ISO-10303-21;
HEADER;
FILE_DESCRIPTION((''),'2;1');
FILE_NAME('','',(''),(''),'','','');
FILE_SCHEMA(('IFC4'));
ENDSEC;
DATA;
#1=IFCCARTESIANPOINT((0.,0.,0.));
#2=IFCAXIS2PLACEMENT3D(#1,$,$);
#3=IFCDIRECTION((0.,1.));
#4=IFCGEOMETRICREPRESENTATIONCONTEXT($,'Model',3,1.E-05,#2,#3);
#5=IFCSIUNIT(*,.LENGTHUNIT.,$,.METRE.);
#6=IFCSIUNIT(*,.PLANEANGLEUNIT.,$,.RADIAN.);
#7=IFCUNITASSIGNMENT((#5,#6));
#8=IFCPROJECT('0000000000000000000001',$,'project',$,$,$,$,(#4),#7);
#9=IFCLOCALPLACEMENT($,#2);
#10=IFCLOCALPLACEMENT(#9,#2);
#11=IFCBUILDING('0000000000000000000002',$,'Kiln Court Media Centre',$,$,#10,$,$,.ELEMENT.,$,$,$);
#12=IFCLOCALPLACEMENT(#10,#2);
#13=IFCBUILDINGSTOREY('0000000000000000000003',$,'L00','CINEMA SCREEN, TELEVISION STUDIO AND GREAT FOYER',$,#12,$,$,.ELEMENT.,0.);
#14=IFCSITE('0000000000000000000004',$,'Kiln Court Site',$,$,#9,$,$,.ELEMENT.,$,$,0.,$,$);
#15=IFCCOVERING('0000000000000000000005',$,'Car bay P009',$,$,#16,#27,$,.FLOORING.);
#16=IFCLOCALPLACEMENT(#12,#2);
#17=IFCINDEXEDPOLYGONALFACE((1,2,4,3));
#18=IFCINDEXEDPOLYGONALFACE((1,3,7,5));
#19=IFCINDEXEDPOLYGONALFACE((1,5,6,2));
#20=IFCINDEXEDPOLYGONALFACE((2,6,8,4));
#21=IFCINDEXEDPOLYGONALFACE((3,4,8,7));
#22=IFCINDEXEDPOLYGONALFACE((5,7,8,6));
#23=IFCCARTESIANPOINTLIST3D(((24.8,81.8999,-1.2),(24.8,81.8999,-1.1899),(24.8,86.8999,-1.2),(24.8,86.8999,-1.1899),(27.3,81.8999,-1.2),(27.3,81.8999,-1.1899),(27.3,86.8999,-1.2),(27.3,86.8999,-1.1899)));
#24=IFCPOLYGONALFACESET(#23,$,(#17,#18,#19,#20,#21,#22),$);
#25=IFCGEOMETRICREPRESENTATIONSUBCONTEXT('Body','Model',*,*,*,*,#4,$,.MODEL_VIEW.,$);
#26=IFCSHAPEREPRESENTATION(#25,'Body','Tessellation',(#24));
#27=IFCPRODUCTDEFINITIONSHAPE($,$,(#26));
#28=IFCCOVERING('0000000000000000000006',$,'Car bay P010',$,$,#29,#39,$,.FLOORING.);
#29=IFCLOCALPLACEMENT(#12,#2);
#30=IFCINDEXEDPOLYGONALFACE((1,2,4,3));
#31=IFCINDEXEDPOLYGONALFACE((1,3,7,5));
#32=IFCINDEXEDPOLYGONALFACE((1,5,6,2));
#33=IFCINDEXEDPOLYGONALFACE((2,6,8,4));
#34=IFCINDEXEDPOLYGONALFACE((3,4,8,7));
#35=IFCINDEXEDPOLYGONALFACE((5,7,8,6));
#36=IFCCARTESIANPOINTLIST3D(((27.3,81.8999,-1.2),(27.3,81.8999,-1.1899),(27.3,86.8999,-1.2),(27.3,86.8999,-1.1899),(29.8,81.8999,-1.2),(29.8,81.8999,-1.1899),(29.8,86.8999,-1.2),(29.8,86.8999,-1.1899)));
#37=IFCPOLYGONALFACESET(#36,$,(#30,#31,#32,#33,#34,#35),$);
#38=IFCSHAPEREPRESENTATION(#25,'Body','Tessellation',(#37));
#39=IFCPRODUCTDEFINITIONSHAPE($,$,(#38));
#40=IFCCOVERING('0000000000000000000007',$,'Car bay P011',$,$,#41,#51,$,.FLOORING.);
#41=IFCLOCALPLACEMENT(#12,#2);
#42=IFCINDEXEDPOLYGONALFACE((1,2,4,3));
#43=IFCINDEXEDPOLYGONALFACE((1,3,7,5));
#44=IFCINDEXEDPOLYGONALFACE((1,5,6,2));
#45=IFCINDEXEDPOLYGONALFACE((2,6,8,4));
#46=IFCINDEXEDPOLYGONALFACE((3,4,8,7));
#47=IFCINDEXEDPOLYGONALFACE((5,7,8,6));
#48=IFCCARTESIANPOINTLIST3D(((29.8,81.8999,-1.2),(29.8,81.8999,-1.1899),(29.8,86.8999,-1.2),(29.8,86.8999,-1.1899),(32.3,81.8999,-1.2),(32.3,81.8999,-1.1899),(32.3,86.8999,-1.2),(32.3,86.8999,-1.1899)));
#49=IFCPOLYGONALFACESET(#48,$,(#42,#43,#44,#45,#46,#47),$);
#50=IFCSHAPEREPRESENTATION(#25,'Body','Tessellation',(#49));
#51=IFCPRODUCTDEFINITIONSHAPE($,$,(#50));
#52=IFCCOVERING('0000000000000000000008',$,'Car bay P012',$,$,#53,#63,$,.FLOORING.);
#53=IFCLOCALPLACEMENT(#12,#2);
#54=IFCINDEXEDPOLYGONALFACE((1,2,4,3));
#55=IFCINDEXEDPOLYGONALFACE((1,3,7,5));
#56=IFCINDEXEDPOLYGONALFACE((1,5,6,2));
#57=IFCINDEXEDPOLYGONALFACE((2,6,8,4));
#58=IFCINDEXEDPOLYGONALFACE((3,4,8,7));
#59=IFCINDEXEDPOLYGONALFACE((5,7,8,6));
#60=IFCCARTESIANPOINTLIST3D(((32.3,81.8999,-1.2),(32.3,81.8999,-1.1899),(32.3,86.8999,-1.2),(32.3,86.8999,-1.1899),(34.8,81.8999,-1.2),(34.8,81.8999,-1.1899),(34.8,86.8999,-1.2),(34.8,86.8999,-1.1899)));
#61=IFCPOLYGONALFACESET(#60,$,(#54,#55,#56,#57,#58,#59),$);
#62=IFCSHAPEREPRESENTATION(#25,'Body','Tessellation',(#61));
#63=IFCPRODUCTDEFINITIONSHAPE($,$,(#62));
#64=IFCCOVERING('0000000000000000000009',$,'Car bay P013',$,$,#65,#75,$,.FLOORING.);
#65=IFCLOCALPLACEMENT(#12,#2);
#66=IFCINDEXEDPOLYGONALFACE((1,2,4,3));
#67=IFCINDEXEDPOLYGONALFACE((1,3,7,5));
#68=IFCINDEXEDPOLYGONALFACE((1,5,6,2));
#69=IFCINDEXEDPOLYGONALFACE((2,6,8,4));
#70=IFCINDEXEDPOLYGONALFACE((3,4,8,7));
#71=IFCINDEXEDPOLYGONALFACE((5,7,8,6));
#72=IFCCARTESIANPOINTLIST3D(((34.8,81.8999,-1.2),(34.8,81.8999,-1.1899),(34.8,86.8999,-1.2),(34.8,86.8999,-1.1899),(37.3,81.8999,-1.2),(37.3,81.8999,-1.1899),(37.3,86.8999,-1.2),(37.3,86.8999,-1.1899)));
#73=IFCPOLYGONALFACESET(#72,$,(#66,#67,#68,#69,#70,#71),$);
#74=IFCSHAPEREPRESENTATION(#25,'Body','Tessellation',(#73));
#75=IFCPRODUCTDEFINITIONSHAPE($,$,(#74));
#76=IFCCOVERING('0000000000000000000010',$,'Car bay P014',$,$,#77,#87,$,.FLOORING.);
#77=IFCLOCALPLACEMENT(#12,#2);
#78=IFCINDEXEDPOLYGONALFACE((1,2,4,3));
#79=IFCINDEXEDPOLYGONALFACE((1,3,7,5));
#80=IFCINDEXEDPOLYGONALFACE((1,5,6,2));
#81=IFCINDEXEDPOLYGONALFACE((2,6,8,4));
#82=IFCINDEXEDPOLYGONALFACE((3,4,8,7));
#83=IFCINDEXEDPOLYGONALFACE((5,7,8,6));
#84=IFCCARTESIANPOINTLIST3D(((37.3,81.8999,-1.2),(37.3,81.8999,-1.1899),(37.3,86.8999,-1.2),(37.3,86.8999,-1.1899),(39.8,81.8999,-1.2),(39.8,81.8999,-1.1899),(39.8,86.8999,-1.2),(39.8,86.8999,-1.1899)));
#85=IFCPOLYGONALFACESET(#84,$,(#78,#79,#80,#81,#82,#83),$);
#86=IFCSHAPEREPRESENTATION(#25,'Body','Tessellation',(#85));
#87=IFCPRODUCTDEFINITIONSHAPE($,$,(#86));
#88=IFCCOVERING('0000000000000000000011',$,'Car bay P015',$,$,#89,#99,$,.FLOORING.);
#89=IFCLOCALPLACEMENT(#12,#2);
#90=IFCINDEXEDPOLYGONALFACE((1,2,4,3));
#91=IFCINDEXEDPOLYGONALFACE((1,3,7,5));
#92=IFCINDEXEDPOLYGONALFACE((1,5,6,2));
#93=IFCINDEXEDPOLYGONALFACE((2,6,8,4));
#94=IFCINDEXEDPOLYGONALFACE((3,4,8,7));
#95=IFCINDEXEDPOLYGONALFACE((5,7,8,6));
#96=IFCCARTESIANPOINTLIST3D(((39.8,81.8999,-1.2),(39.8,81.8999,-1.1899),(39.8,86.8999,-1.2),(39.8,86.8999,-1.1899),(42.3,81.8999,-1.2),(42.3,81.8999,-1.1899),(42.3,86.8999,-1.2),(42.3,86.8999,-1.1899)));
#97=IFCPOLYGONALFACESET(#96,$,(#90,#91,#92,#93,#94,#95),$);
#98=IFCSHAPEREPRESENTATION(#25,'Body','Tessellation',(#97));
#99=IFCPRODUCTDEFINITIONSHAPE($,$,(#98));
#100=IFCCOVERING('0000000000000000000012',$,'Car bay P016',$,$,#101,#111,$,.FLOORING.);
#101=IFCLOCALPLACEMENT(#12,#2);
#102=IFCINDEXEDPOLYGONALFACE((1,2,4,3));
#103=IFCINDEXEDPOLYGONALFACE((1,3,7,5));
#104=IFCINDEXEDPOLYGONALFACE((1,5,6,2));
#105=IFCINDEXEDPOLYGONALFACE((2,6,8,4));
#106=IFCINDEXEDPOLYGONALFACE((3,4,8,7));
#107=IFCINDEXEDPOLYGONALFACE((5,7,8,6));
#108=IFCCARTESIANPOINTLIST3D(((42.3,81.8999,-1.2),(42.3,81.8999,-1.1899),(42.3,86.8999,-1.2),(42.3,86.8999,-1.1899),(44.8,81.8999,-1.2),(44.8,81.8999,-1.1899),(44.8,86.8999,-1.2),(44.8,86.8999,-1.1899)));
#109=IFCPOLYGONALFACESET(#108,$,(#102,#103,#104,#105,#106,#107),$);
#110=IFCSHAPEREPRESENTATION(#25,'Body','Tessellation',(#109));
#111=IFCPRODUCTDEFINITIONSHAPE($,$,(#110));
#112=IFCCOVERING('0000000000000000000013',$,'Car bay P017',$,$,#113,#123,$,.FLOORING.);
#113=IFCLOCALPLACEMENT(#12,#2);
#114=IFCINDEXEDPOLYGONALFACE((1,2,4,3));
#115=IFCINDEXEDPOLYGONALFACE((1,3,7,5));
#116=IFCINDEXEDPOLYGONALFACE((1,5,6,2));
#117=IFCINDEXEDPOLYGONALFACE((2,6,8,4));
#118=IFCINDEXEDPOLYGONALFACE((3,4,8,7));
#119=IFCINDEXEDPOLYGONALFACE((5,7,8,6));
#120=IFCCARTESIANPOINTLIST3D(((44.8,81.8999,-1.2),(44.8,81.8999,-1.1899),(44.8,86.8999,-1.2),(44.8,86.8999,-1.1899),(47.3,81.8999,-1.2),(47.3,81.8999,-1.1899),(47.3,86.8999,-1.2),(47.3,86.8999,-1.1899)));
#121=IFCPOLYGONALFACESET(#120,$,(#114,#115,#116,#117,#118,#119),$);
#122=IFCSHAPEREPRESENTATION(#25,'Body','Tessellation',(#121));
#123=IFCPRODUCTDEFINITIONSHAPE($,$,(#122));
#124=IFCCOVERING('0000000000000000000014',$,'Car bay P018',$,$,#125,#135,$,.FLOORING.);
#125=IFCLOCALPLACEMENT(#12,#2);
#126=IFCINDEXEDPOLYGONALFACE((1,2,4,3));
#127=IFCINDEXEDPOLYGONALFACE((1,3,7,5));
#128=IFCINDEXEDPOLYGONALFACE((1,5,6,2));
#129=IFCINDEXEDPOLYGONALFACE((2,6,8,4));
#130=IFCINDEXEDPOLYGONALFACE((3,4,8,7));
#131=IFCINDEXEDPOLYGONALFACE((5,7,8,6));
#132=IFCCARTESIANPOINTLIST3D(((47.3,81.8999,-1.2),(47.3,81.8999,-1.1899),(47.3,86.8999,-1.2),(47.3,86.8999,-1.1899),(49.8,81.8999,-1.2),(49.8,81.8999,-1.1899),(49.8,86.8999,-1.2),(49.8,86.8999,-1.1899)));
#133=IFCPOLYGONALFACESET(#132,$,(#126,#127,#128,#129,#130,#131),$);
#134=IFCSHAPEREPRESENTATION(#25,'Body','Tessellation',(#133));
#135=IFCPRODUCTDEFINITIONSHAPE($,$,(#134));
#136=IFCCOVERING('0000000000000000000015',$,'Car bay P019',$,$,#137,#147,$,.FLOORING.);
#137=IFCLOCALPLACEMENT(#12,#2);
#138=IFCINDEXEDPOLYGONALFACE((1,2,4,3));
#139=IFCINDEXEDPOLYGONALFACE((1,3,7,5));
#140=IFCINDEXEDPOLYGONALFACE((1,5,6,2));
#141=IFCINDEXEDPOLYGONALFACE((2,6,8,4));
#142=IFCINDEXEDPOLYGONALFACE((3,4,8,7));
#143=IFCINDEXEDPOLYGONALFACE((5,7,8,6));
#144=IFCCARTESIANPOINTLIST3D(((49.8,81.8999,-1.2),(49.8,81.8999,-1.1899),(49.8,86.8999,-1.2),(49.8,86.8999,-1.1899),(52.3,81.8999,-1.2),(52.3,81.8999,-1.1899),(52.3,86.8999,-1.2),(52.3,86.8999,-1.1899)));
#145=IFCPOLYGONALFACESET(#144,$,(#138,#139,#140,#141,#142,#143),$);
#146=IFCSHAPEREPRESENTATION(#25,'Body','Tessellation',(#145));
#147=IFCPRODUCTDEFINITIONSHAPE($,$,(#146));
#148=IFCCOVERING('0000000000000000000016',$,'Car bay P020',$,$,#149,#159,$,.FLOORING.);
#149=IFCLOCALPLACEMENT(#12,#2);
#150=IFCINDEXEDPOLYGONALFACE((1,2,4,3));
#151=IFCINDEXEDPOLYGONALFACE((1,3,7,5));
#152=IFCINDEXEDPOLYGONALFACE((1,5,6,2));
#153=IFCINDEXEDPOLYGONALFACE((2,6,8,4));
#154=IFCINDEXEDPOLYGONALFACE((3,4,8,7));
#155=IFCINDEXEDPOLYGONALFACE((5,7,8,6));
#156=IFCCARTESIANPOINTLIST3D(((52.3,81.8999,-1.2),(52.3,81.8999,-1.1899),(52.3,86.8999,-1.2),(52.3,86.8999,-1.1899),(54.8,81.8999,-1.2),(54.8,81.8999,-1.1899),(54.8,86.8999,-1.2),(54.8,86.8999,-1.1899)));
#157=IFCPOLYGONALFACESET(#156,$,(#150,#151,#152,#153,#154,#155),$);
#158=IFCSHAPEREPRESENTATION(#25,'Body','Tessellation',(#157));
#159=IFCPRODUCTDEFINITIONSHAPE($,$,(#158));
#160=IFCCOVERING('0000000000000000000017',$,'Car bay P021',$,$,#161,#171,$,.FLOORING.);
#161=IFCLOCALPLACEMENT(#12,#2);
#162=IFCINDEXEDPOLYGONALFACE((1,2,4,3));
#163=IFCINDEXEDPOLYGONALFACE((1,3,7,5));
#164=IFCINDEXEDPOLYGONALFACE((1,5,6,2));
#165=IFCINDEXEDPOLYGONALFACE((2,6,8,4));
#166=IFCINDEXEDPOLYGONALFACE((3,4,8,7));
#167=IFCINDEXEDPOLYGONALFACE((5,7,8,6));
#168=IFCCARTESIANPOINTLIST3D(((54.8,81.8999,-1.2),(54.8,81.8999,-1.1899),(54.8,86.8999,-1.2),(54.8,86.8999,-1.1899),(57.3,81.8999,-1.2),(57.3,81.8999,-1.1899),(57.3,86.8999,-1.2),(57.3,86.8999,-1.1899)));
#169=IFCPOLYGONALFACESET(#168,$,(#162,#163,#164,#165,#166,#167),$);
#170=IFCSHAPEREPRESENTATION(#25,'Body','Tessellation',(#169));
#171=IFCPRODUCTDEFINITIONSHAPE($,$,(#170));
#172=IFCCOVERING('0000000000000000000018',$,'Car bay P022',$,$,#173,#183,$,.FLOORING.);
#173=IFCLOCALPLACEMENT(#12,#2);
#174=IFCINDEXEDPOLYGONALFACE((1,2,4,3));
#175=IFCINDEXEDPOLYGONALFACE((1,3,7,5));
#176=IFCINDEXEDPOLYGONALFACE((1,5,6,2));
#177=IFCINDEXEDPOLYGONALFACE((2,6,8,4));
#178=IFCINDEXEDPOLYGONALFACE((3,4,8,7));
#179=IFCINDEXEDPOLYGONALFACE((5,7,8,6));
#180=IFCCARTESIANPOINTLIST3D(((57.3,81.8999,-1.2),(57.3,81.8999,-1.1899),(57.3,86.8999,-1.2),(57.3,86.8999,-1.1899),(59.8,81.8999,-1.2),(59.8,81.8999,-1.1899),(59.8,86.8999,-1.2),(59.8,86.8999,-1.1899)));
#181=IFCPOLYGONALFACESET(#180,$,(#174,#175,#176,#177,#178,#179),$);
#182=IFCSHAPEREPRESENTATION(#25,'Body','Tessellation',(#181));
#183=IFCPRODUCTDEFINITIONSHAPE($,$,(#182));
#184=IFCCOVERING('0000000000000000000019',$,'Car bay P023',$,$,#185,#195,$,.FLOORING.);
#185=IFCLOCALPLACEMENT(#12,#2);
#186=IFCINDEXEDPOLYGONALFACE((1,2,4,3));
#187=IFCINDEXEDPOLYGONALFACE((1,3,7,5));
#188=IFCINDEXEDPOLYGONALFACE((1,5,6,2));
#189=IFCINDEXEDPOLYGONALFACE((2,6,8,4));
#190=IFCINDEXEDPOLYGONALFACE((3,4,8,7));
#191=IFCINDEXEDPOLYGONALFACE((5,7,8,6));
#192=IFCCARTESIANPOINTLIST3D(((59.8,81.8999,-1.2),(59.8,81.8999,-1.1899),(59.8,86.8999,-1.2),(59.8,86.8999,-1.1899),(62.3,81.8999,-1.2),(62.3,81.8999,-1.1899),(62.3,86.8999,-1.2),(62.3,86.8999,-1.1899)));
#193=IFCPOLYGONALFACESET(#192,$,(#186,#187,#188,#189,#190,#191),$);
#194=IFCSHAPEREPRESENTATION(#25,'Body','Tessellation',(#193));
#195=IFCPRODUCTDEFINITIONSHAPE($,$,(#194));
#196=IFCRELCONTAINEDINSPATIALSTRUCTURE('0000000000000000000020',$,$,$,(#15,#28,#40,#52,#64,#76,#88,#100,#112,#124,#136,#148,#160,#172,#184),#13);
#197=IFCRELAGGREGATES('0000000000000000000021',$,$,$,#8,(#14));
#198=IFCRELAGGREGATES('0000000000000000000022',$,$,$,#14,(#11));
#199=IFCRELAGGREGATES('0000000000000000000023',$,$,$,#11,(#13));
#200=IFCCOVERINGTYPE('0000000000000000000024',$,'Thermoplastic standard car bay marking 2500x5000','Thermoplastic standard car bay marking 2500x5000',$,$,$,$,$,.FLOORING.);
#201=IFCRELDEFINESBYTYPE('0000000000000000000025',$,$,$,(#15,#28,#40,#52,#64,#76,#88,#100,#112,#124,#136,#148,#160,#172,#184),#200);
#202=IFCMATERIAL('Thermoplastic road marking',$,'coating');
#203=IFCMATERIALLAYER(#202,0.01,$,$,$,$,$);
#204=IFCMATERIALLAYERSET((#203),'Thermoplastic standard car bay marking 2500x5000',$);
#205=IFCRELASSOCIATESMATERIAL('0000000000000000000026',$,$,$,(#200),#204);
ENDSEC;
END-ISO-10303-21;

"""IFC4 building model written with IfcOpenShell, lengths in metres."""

from ifc_helpers import new_model, si_unit, direction, frame, origin, place, context, subcontext, project, spatial, polyline, outline, extrude, material, layer, layer_set, type_object, element, save


model = new_model("IFC4")

# Units and contexts
model_context = context("Model", 3, precision=1e-05, world=origin(), true_north=direction((0.0, 1.0)))
body_context = subcontext(model_context, "Body", "Model", "MODEL_VIEW")
ifc_project = project(units=[si_unit("LENGTHUNIT", "METRE"), si_unit("PLANEANGLEUNIT", "RADIAN")], contexts=[model_context])

# Site, building, storey
site_placement = place(None, origin())
site = spatial("IfcSite", under=ifc_project, at=site_placement, Name="Kiln Court Site", CompositionType="ELEMENT", RefElevation=0.0)
building_placement = place(site_placement, origin())
building = spatial("IfcBuilding", under=site, at=building_placement, Name="Kiln Court Media Centre", CompositionType="ELEMENT")
storey_placement = place(building_placement, origin())
storey = spatial("IfcBuildingStorey", under=building, at=storey_placement, Name="L00", Description="CINEMA SCREEN, TELEVISION STUDIO AND GREAT FOYER", CompositionType="ELEMENT", Elevation=0.0)

# Coverings
ifc_material = material(Name="Thermoplastic road marking", Category="coating")
ifc_layer = layer(ifc_material, 0.01)
ifc_layer_set = layer_set([ifc_layer], Name="Thermoplastic standard car bay marking 2500x5000")
covering_type = type_object("IfcCoveringType", Name="Thermoplastic standard car bay marking 2500x5000", Description="Thermoplastic standard car bay marking 2500x5000", PredefinedType="FLOORING", material=ifc_layer_set)
covering_1_placement = place(storey_placement, frame((0.0, 0.0, -1.2)))
element("IfcCovering", 1, at=covering_1_placement, inside=storey, type_object=covering_type, Name="Car bay P009", PredefinedType="FLOORING", context=body_context, shape_type="SweptSolid", body=[
    extrude(outline(polyline([(24.8, 81.8999), (27.3, 81.8999), (27.3, 86.8999), (24.8, 86.8999), (24.8, 81.8999)])), origin(), (0.0, 0.0, 1.0), 0.01),
])
covering_2_placement = place(storey_placement, frame((0.0, 0.0, -1.2)))
element("IfcCovering", 2, at=covering_2_placement, inside=storey, type_object=covering_type, Name="Car bay P010", PredefinedType="FLOORING", context=body_context, shape_type="SweptSolid", body=[
    extrude(outline(polyline([(27.3, 81.8999), (29.8, 81.8999), (29.8, 86.8999), (27.3, 86.8999), (27.3, 81.8999)])), origin(), (0.0, 0.0, 1.0), 0.01),
])
covering_3_placement = place(storey_placement, frame((0.0, 0.0, -1.2)))
element("IfcCovering", 3, at=covering_3_placement, inside=storey, type_object=covering_type, Name="Car bay P011", PredefinedType="FLOORING", context=body_context, shape_type="SweptSolid", body=[
    extrude(outline(polyline([(29.8, 81.8999), (32.3, 81.8999), (32.3, 86.8999), (29.8, 86.8999), (29.8, 81.8999)])), origin(), (0.0, 0.0, 1.0), 0.01),
])
covering_4_placement = place(storey_placement, frame((0.0, 0.0, -1.2)))
element("IfcCovering", 4, at=covering_4_placement, inside=storey, type_object=covering_type, Name="Car bay P012", PredefinedType="FLOORING", context=body_context, shape_type="SweptSolid", body=[
    extrude(outline(polyline([(32.3, 81.8999), (34.8, 81.8999), (34.8, 86.8999), (32.3, 86.8999), (32.3, 81.8999)])), origin(), (0.0, 0.0, 1.0), 0.01),
])
covering_5_placement = place(storey_placement, frame((0.0, 0.0, -1.2)))
element("IfcCovering", 5, at=covering_5_placement, inside=storey, type_object=covering_type, Name="Car bay P013", PredefinedType="FLOORING", context=body_context, shape_type="SweptSolid", body=[
    extrude(outline(polyline([(34.8, 81.8999), (37.3, 81.8999), (37.3, 86.8999), (34.8, 86.8999), (34.8, 81.8999)])), origin(), (0.0, 0.0, 1.0), 0.01),
])
covering_6_placement = place(storey_placement, frame((0.0, 0.0, -1.2)))
element("IfcCovering", 6, at=covering_6_placement, inside=storey, type_object=covering_type, Name="Car bay P014", PredefinedType="FLOORING", context=body_context, shape_type="SweptSolid", body=[
    extrude(outline(polyline([(37.3, 81.8999), (39.8, 81.8999), (39.8, 86.8999), (37.3, 86.8999), (37.3, 81.8999)])), origin(), (0.0, 0.0, 1.0), 0.01),
])
covering_7_placement = place(storey_placement, frame((0.0, 0.0, -1.2)))
element("IfcCovering", 7, at=covering_7_placement, inside=storey, type_object=covering_type, Name="Car bay P015", PredefinedType="FLOORING", context=body_context, shape_type="SweptSolid", body=[
    extrude(outline(polyline([(39.8, 81.8999), (42.3, 81.8999), (42.3, 86.8999), (39.8, 86.8999), (39.8, 81.8999)])), origin(), (0.0, 0.0, 1.0), 0.01),
])
covering_8_placement = place(storey_placement, frame((0.0, 0.0, -1.2)))
element("IfcCovering", 8, at=covering_8_placement, inside=storey, type_object=covering_type, Name="Car bay P016", PredefinedType="FLOORING", context=body_context, shape_type="SweptSolid", body=[
    extrude(outline(polyline([(42.3, 81.8999), (44.8, 81.8999), (44.8, 86.8999), (42.3, 86.8999), (42.3, 81.8999)])), origin(), (0.0, 0.0, 1.0), 0.01),
])
covering_9_placement = place(storey_placement, frame((0.0, 0.0, -1.2)))
element("IfcCovering", 9, at=covering_9_placement, inside=storey, type_object=covering_type, Name="Car bay P017", PredefinedType="FLOORING", context=body_context, shape_type="SweptSolid", body=[
    extrude(outline(polyline([(44.8, 81.8999), (47.3, 81.8999), (47.3, 86.8999), (44.8, 86.8999), (44.8, 81.8999)])), origin(), (0.0, 0.0, 1.0), 0.01),
])
covering_10_placement = place(storey_placement, frame((0.0, 0.0, -1.2)))
element("IfcCovering", 10, at=covering_10_placement, inside=storey, type_object=covering_type, Name="Car bay P018", PredefinedType="FLOORING", context=body_context, shape_type="SweptSolid", body=[
    extrude(outline(polyline([(47.3, 81.8999), (49.8, 81.8999), (49.8, 86.8999), (47.3, 86.8999), (47.3, 81.8999)])), origin(), (0.0, 0.0, 1.0), 0.01),
])
covering_11_placement = place(storey_placement, frame((0.0, 0.0, -1.2)))
element("IfcCovering", 11, at=covering_11_placement, inside=storey, type_object=covering_type, Name="Car bay P019", PredefinedType="FLOORING", context=body_context, shape_type="SweptSolid", body=[
    extrude(outline(polyline([(49.8, 81.8999), (52.3, 81.8999), (52.3, 86.8999), (49.8, 86.8999), (49.8, 81.8999)])), origin(), (0.0, 0.0, 1.0), 0.01),
])
covering_12_placement = place(storey_placement, frame((0.0, 0.0, -1.2)))
element("IfcCovering", 12, at=covering_12_placement, inside=storey, type_object=covering_type, Name="Car bay P020", PredefinedType="FLOORING", context=body_context, shape_type="SweptSolid", body=[
    extrude(outline(polyline([(52.3, 81.8999), (54.8, 81.8999), (54.8, 86.8999), (52.3, 86.8999), (52.3, 81.8999)])), origin(), (0.0, 0.0, 1.0), 0.01),
])
covering_13_placement = place(storey_placement, frame((0.0, 0.0, -1.2)))
element("IfcCovering", 13, at=covering_13_placement, inside=storey, type_object=covering_type, Name="Car bay P021", PredefinedType="FLOORING", context=body_context, shape_type="SweptSolid", body=[
    extrude(outline(polyline([(54.8, 81.8999), (57.3, 81.8999), (57.3, 86.8999), (54.8, 86.8999), (54.8, 81.8999)])), origin(), (0.0, 0.0, 1.0), 0.01),
])
covering_14_placement = place(storey_placement, frame((0.0, 0.0, -1.2)))
element("IfcCovering", 14, at=covering_14_placement, inside=storey, type_object=covering_type, Name="Car bay P022", PredefinedType="FLOORING", context=body_context, shape_type="SweptSolid", body=[
    extrude(outline(polyline([(57.3, 81.8999), (59.8, 81.8999), (59.8, 86.8999), (57.3, 86.8999), (57.3, 81.8999)])), origin(), (0.0, 0.0, 1.0), 0.01),
])
covering_15_placement = place(storey_placement, frame((0.0, 0.0, -1.2)))
element("IfcCovering", 15, at=covering_15_placement, inside=storey, type_object=covering_type, Name="Car bay P023", PredefinedType="FLOORING", context=body_context, shape_type="SweptSolid", body=[
    extrude(outline(polyline([(59.8, 81.8999), (62.3, 81.8999), (62.3, 86.8999), (59.8, 86.8999), (59.8, 81.8999)])), origin(), (0.0, 0.0, 1.0), 0.01),
])

save(model, "model.ifc")
